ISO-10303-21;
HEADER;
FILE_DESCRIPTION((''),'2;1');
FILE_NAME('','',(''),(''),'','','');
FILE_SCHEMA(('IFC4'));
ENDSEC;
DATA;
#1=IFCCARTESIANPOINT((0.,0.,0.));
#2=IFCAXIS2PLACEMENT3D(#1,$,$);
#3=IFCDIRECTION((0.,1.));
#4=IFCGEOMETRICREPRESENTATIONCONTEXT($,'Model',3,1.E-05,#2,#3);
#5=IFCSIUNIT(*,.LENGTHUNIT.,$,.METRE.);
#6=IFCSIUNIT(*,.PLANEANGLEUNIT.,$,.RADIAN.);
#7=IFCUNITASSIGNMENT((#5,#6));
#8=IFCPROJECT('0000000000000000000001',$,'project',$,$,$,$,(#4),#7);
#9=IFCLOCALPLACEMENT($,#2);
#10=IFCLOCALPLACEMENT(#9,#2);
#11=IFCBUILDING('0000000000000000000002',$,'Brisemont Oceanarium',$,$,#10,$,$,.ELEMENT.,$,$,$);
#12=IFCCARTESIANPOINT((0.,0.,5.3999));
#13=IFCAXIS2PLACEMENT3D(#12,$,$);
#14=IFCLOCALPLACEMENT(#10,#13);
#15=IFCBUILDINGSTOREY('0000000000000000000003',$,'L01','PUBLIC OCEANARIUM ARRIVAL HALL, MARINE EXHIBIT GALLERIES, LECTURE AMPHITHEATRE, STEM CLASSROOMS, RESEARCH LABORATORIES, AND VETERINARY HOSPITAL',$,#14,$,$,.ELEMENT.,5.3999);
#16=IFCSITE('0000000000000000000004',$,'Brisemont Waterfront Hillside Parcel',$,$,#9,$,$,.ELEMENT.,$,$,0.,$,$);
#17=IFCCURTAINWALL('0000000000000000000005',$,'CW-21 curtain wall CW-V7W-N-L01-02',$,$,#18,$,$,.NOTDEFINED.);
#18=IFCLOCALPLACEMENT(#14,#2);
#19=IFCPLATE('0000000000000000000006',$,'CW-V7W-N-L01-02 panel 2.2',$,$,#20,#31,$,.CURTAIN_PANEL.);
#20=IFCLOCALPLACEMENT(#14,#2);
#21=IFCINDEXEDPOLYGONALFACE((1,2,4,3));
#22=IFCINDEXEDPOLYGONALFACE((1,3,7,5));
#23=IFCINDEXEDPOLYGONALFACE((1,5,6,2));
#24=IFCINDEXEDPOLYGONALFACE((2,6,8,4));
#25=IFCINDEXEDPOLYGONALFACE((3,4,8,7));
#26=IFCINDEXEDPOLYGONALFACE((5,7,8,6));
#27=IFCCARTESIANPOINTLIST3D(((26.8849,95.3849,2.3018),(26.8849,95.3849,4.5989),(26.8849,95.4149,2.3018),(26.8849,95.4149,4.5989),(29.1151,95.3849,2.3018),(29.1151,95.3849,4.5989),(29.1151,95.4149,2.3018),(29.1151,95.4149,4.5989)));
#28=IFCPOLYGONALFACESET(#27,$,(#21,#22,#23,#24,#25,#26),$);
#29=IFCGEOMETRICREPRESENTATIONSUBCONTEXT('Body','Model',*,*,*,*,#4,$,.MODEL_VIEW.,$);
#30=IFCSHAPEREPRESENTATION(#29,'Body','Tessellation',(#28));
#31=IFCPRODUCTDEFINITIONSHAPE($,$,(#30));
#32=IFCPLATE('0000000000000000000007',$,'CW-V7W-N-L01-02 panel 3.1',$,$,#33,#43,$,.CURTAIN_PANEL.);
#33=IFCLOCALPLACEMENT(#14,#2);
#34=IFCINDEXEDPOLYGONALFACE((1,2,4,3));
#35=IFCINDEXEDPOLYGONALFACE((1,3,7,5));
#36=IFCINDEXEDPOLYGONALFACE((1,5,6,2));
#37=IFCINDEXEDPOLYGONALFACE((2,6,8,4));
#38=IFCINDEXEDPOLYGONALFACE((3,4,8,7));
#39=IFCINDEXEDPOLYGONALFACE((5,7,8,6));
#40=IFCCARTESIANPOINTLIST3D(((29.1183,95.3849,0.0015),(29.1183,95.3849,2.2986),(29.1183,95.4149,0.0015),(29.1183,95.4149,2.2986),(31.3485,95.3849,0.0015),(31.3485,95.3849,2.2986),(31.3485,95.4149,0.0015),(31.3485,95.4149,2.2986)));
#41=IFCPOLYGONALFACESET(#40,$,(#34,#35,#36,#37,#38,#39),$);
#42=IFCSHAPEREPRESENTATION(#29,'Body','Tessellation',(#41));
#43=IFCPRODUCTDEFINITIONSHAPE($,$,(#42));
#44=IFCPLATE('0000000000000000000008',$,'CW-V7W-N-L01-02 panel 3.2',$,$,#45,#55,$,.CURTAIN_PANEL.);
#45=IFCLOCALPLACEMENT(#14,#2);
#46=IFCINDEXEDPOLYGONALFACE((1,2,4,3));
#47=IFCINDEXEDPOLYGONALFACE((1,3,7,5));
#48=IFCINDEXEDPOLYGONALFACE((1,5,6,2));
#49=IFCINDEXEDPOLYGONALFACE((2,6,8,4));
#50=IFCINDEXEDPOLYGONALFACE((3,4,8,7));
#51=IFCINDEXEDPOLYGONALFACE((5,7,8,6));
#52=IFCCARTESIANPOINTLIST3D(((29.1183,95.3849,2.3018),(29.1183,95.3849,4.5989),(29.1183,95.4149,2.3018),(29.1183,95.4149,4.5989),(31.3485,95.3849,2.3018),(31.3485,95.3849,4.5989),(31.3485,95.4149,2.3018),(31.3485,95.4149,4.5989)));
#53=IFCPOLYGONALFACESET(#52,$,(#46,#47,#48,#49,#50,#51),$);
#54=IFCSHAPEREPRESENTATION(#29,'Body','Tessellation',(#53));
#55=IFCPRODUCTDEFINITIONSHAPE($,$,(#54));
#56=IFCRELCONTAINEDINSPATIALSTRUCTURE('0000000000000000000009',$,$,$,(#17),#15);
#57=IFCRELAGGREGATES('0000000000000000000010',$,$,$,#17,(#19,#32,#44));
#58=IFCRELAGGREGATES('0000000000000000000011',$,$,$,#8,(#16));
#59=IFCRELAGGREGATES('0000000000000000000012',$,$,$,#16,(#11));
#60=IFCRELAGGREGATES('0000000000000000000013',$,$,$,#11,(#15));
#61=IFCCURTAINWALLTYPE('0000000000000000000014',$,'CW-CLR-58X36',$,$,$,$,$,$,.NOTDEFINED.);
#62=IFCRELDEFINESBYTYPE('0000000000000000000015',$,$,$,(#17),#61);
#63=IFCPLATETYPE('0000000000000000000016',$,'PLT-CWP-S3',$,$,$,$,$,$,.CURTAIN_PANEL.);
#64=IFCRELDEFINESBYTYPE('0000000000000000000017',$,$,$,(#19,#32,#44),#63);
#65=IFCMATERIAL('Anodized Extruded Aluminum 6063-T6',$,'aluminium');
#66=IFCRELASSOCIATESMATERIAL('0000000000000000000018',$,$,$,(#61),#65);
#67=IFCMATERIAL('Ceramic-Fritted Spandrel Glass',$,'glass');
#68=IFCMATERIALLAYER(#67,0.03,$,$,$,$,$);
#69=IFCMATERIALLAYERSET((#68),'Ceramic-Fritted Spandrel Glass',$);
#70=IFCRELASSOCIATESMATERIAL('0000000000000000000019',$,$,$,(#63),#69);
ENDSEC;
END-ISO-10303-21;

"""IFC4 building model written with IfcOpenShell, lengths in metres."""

from ifc_helpers import new_model, si_unit, direction, frame, origin, origin_2d, place, context, subcontext, project, spatial, rectangle, extrude, material, layer, layer_set, type_object, element, aggregate, save


model = new_model("IFC4")

# Units and contexts
model_context = context("Model", 3, precision=1e-05, world=origin(), true_north=direction((0.0, 1.0)))
body_context = subcontext(model_context, "Body", "Model", "MODEL_VIEW")
ifc_project = project(units=[si_unit("LENGTHUNIT", "METRE"), si_unit("PLANEANGLEUNIT", "RADIAN")], contexts=[model_context])

# Site, building, storey
site_placement = place(None, origin())
site = spatial("IfcSite", under=ifc_project, at=site_placement, Name="Brisemont Waterfront Hillside Parcel", CompositionType="ELEMENT", RefElevation=0.0)
building_placement = place(site_placement, origin())
building = spatial("IfcBuilding", under=site, at=building_placement, Name="Brisemont Oceanarium", CompositionType="ELEMENT")
storey_placement = place(building_placement, frame((0.0, 0.0, 5.3999)))
storey = spatial("IfcBuildingStorey", under=building, at=storey_placement, Name="L01", Description="PUBLIC OCEANARIUM ARRIVAL HALL, MARINE EXHIBIT GALLERIES, LECTURE AMPHITHEATRE, STEM CLASSROOMS, RESEARCH LABORATORIES, AND VETERINARY HOSPITAL", CompositionType="ELEMENT", Elevation=5.3999)

# Curtain wall
ifc_material_1 = material(Name="Anodized Extruded Aluminum 6063-T6", Category="aluminium")
curtain_wall_type = type_object("IfcCurtainWallType", Name="CW-CLR-58X36", PredefinedType="NOTDEFINED", material=ifc_material_1)
curtain_wall_1_placement = place(storey_placement, origin())
curtain_wall_1 = element("IfcCurtainWall", 1, at=curtain_wall_1_placement, inside=storey, type_object=curtain_wall_type, Name="CW-21 curtain wall CW-V7W-N-L01-02", PredefinedType="NOTDEFINED")

# Plates
ifc_material_2 = material(Name="Ceramic-Fritted Spandrel Glass", Category="glass")
ifc_layer = layer(ifc_material_2, 0.03)
ifc_layer_set = layer_set([ifc_layer], Name="Ceramic-Fritted Spandrel Glass")
plate_type = type_object("IfcPlateType", Name="PLT-CWP-S3", PredefinedType="CURTAIN_PANEL", material=ifc_layer_set)
plate_1_placement = place(storey_placement, frame((28.0, 95.3999, 2.3018), z_axis=(0.0, 0.0, 1.0), x_axis=(1.0, 0.0, 0.0)))
plate_1 = element("IfcPlate", 2, at=plate_1_placement, type_object=plate_type, Name="CW-V7W-N-L01-02 panel 2.2", PredefinedType="CURTAIN_PANEL", context=body_context, shape_type="SweptSolid", body=[
    extrude(rectangle(XDim=2.2302, YDim=0.03, at=origin_2d()), origin(), (0.0, 0.0, 1.0), 2.2971),
])
plate_2_placement = place(storey_placement, frame((30.2334, 95.3999, 0.0015), z_axis=(0.0, 0.0, 1.0), x_axis=(1.0, 0.0, 0.0)))
plate_2 = element("IfcPlate", 3, at=plate_2_placement, type_object=plate_type, Name="CW-V7W-N-L01-02 panel 3.1", PredefinedType="CURTAIN_PANEL", context=body_context, shape_type="SweptSolid", body=[
    extrude(rectangle(XDim=2.2302, YDim=0.03, at=origin_2d()), origin(), (0.0, 0.0, 1.0), 2.2971),
])
plate_3_placement = place(storey_placement, frame((30.2334, 95.3999, 2.3018), z_axis=(0.0, 0.0, 1.0), x_axis=(1.0, 0.0, 0.0)))
plate_3 = element("IfcPlate", 4, at=plate_3_placement, type_object=plate_type, Name="CW-V7W-N-L01-02 panel 3.2", PredefinedType="CURTAIN_PANEL", context=body_context, shape_type="SweptSolid", body=[
    extrude(rectangle(XDim=2.2302, YDim=0.03, at=origin_2d()), origin(), (0.0, 0.0, 1.0), 2.2971),
])
aggregate(curtain_wall_1, [plate_1, plate_2, plate_3])

save(model, "model.ifc")
